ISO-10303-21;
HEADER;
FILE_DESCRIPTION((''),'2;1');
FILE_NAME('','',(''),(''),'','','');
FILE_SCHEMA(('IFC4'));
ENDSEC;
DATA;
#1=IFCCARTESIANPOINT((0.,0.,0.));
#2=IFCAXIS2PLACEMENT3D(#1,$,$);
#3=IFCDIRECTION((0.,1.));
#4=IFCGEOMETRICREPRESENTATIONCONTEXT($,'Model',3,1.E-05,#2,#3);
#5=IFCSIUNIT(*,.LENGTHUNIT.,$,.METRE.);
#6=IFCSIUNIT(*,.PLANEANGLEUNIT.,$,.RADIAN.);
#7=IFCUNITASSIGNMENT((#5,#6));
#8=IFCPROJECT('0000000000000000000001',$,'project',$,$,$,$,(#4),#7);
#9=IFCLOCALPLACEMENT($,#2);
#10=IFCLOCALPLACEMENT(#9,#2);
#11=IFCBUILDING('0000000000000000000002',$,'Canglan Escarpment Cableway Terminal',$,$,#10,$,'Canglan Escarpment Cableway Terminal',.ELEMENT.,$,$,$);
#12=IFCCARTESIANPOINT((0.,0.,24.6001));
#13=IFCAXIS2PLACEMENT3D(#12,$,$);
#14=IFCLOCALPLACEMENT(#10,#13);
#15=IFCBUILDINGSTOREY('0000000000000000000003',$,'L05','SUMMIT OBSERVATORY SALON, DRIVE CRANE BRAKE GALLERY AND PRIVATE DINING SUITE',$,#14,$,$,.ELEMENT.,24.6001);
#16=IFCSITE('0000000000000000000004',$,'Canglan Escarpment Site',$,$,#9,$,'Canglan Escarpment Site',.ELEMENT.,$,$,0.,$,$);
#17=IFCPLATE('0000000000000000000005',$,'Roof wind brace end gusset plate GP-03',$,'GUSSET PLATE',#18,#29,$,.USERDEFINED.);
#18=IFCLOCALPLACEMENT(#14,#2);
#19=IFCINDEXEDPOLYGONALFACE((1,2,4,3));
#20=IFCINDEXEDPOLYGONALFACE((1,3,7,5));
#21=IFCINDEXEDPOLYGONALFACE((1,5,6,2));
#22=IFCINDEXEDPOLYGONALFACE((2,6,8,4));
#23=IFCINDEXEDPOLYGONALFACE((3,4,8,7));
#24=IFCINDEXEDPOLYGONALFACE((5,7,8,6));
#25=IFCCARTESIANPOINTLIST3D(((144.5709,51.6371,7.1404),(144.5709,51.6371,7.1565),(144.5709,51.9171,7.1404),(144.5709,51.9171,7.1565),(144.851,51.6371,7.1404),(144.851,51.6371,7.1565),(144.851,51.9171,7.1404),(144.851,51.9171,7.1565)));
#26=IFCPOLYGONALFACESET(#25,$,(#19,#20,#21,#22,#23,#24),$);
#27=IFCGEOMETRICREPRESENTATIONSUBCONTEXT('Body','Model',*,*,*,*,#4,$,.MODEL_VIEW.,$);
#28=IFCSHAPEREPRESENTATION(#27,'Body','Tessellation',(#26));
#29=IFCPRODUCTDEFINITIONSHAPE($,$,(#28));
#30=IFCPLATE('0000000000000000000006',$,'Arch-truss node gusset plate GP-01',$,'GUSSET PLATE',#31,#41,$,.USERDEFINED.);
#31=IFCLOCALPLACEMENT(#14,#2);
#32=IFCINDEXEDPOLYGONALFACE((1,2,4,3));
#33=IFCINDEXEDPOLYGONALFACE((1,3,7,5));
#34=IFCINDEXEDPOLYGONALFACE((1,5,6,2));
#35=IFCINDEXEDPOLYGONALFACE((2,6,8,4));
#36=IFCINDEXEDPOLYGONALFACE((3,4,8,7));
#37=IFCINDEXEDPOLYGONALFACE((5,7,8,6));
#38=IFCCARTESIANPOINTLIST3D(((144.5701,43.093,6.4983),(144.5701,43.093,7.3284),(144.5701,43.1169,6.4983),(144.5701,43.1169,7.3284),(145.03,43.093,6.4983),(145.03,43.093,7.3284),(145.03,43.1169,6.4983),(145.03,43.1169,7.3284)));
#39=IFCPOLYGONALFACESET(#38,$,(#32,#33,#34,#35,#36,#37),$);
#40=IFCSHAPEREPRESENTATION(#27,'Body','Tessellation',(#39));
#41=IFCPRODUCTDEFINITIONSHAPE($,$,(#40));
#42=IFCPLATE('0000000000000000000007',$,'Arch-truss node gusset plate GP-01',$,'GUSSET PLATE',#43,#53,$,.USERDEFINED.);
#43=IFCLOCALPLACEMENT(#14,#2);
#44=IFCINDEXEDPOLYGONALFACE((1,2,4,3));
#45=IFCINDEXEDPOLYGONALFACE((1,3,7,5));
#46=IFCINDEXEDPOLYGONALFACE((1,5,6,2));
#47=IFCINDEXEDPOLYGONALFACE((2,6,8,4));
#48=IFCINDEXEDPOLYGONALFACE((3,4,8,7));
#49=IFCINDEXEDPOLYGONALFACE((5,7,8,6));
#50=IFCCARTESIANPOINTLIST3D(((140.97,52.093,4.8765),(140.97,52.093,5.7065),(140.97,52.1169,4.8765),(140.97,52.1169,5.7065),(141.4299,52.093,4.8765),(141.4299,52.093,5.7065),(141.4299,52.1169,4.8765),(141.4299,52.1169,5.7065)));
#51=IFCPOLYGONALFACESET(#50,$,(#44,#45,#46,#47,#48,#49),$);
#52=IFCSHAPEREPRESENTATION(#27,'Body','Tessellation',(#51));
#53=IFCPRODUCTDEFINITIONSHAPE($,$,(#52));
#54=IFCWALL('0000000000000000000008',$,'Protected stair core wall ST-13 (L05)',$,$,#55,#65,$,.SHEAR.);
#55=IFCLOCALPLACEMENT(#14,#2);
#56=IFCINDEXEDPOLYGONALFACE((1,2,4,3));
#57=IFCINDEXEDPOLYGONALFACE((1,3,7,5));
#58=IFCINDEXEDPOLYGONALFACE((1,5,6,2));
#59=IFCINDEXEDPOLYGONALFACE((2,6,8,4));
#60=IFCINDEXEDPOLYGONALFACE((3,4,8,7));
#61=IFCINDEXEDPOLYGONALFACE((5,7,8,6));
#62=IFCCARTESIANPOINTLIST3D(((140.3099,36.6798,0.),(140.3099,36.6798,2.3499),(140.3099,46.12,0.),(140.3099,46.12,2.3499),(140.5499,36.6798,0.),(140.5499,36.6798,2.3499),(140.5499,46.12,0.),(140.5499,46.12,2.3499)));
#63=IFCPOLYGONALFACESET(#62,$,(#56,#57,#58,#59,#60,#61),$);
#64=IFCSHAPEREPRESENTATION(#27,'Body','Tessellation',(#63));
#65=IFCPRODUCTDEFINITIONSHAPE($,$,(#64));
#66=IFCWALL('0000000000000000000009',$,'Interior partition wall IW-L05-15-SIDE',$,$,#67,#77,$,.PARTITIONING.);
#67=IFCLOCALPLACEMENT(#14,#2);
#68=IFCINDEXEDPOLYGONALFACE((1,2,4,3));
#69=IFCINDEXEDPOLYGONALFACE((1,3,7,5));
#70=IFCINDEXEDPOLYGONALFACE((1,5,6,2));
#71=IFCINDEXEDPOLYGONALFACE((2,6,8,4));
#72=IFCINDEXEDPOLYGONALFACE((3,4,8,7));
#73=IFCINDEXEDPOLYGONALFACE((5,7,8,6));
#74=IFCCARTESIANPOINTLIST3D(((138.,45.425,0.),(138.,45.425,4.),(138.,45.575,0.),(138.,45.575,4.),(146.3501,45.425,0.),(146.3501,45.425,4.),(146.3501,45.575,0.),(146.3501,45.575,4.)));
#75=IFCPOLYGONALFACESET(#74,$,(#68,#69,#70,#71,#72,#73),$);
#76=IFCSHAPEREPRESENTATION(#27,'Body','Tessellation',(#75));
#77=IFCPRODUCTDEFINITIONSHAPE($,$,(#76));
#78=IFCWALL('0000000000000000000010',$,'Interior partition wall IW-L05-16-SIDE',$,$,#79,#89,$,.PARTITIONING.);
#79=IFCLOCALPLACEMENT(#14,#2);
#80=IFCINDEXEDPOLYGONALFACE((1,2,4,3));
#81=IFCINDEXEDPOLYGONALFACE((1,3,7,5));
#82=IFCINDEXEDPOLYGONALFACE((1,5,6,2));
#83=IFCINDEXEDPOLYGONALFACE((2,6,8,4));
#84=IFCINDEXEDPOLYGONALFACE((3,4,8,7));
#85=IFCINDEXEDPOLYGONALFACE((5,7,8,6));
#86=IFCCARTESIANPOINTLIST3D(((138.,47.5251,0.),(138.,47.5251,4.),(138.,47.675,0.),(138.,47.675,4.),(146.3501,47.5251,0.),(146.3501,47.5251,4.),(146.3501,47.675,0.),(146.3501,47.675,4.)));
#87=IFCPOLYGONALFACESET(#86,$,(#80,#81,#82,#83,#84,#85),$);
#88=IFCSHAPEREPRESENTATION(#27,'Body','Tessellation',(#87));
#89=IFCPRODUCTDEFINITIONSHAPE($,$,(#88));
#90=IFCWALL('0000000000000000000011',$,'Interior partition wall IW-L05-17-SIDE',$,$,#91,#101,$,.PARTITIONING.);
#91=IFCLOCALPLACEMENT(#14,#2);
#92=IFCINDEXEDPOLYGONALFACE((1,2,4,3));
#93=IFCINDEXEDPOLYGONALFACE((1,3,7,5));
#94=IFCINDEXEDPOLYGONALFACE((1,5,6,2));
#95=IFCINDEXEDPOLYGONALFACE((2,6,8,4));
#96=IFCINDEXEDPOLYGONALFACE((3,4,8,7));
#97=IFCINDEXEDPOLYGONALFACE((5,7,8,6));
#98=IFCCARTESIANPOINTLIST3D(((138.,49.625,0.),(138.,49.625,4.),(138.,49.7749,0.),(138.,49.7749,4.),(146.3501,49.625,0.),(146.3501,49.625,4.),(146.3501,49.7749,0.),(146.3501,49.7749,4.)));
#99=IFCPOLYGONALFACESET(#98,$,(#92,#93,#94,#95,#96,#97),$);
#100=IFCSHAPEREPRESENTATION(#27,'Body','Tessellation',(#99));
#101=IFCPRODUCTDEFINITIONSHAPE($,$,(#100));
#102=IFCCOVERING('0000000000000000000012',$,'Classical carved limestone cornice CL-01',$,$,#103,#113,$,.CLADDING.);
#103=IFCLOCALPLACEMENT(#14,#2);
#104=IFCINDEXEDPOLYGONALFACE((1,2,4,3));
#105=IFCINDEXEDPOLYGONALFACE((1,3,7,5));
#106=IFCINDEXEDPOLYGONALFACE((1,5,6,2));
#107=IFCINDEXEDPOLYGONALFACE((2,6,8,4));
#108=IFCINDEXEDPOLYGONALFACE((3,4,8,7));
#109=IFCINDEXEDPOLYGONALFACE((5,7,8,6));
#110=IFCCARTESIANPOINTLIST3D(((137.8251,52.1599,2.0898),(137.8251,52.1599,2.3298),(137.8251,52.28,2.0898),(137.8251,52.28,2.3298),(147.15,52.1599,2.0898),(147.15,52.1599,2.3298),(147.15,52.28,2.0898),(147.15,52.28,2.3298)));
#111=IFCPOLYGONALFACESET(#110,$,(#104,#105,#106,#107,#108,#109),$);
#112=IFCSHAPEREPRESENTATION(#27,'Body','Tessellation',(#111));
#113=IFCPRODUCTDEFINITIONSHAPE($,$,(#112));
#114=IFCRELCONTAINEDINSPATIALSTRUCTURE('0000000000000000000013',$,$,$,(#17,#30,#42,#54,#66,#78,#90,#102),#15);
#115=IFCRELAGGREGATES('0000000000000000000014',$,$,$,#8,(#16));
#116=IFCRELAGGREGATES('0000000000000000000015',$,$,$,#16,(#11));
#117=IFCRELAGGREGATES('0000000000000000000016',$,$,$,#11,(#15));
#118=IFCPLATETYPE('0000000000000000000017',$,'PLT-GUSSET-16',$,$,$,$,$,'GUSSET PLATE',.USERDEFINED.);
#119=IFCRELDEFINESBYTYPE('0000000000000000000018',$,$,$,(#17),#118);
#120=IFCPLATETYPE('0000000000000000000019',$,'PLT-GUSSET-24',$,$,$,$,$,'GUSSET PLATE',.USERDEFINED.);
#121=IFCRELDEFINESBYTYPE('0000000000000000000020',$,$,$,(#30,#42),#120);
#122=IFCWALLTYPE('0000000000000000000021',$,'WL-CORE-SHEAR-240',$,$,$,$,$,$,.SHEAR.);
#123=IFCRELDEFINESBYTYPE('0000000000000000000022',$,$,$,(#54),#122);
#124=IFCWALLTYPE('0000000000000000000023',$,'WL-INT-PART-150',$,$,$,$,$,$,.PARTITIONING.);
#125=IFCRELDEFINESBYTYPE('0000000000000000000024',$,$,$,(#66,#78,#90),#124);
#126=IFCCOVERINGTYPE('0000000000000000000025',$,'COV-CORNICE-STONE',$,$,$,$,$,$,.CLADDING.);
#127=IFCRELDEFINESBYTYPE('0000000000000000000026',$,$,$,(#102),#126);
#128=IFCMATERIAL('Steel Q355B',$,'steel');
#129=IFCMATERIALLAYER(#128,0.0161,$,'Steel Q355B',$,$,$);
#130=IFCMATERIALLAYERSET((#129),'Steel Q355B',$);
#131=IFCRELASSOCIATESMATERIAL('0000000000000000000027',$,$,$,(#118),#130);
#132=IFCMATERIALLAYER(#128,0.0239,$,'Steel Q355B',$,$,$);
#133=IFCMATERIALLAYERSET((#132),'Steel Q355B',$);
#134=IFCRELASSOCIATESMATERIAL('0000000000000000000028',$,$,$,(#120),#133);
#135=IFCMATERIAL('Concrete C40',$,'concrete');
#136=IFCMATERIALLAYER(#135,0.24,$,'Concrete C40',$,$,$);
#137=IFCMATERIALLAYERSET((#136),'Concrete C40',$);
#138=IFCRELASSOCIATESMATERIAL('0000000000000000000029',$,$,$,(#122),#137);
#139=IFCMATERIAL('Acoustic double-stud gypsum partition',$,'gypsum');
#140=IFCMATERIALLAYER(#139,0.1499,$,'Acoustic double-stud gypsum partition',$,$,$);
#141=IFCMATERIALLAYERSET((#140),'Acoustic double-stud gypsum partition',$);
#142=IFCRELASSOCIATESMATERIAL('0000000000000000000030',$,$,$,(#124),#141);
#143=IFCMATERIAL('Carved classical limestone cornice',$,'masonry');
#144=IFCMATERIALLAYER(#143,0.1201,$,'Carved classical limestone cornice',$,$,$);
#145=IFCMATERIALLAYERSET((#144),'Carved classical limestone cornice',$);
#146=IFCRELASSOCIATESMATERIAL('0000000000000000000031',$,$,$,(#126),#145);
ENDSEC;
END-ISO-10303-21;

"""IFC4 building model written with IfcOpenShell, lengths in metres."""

from ifc_helpers import new_model, si_unit, direction, frame, frame_2d, origin, origin_2d, place, context, subcontext, project, spatial, rectangle, extrude, material, layer, layer_set, type_object, element, save


model = new_model("IFC4")

# Units and contexts
model_context = context("Model", 3, precision=1e-05, world=origin(), true_north=direction((0.0, 1.0)))
body_context = subcontext(model_context, "Body", "Model", "MODEL_VIEW")
ifc_project = project(units=[si_unit("LENGTHUNIT", "METRE"), si_unit("PLANEANGLEUNIT", "RADIAN")], contexts=[model_context])

# Site, building, storey
site_placement = place(None, origin())
site = spatial("IfcSite", under=ifc_project, at=site_placement, Name="Canglan Escarpment Site", LongName="Canglan Escarpment Site", CompositionType="ELEMENT", RefElevation=0.0)
building_placement = place(site_placement, origin())
building = spatial("IfcBuilding", under=site, at=building_placement, Name="Canglan Escarpment Cableway Terminal", LongName="Canglan Escarpment Cableway Terminal", CompositionType="ELEMENT")
storey_placement = place(building_placement, frame((0.0, 0.0, 24.6001)))
storey = spatial("IfcBuildingStorey", under=building, at=storey_placement, Name="L05", Description="SUMMIT OBSERVATORY SALON, DRIVE CRANE BRAKE GALLERY AND PRIVATE DINING SUITE", CompositionType="ELEMENT", Elevation=24.6001)

# Shared definitions
ifc_material_1 = material(Name="Steel Q355B", Category="steel")

# Plates
ifc_layer_1 = layer(ifc_material_1, 0.0161, Name="Steel Q355B")
ifc_layer_set_1 = layer_set([ifc_layer_1], Name="Steel Q355B")
plate_type_1 = type_object("IfcPlateType", Name="PLT-GUSSET-16", ElementType="GUSSET PLATE", PredefinedType="USERDEFINED", material=ifc_layer_set_1)
for number, where, z_axis, x_axis, name in (
    (1, (144.7109, 51.7771, 7.1404), (0.0, 0.0, 1.0), (1.0, 0.0, 0.0), "Roof wind brace end gusset plate GP-03"),
):
    element("IfcPlate", number, at=place(storey_placement, frame(where, z_axis=z_axis, x_axis=x_axis)), inside=storey, type_object=plate_type_1, Name=name, ObjectType="GUSSET PLATE", PredefinedType="USERDEFINED", context=body_context, shape_type="SweptSolid", body=[
        extrude(rectangle(XDim=0.28, YDim=0.28, at=origin_2d()), origin(), (0.0, 0.0, 1.0), 0.0161),
    ])
ifc_layer_2 = layer(ifc_material_1, 0.0239, Name="Steel Q355B")
ifc_layer_set_2 = layer_set([ifc_layer_2], Name="Steel Q355B")
plate_type_2 = type_object("IfcPlateType", Name="PLT-GUSSET-24", ElementType="GUSSET PLATE", PredefinedType="USERDEFINED", material=ifc_layer_set_2)
for number, where, z_axis, x_axis, name in (
    (2, (144.8, 43.105, 6.4983), (0.0, 0.0, 1.0), (1.0, 0.0, 0.0), "Arch-truss node gusset plate GP-01"),
    (3, (141.2, 52.105, 4.8765), (0.0, 0.0, 1.0), (1.0, 0.0, 0.0), "Arch-truss node gusset plate GP-01"),
):
    element("IfcPlate", number, at=place(storey_placement, frame(where, z_axis=z_axis, x_axis=x_axis)), inside=storey, type_object=plate_type_2, Name=name, ObjectType="GUSSET PLATE", PredefinedType="USERDEFINED", context=body_context, shape_type="SweptSolid", body=[
        extrude(rectangle(XDim=0.46, YDim=0.0239, at=origin_2d()), origin(), (0.0, 0.0, 1.0), 0.8301),
    ])

# Walls
ifc_material_2 = material(Name="Concrete C40", Category="concrete")
ifc_layer_3 = layer(ifc_material_2, 0.24, Name="Concrete C40")
ifc_layer_set_3 = layer_set([ifc_layer_3], Name="Concrete C40")
wall_type_1 = type_object("IfcWallType", Name="WL-CORE-SHEAR-240", PredefinedType="SHEAR", material=ifc_layer_set_3)
wall_placement = place(storey_placement, frame((140.4299, 46.1201, 0.0), z_axis=(0.0, 0.0, 1.0), x_axis=(0.0, -1.0, 0.0)))
element("IfcWall", 4, at=wall_placement, inside=storey, type_object=wall_type_1, Name="Protected stair core wall ST-13 (L05)", PredefinedType="SHEAR", context=body_context, shape_type="SweptSolid", body=[
    extrude(rectangle(XDim=9.4402, YDim=0.24, at=frame_2d((4.7202, 0.0))), origin(), (0.0, 0.0, 1.0), 2.3499),
])
ifc_material_3 = material(Name="Acoustic double-stud gypsum partition", Category="gypsum")
ifc_layer_4 = layer(ifc_material_3, 0.1499, Name="Acoustic double-stud gypsum partition")
ifc_layer_set_4 = layer_set([ifc_layer_4], Name="Acoustic double-stud gypsum partition")
wall_type_2 = type_object("IfcWallType", Name="WL-INT-PART-150", PredefinedType="PARTITIONING", material=ifc_layer_set_4)
for number, where, z_axis, x_axis, name in (
    (5, (138.0, 45.5, 0.0), (0.0, 0.0, 1.0), (1.0, 0.0, 0.0), "Interior partition wall IW-L05-15-SIDE"),
    (6, (138.0, 47.6001, 0.0), (0.0, 0.0, 1.0), (1.0, 0.0, 0.0), "Interior partition wall IW-L05-16-SIDE"),
    (7, (138.0, 49.7, 0.0), (0.0, 0.0, 1.0), (1.0, 0.0, 0.0), "Interior partition wall IW-L05-17-SIDE"),
):
    element("IfcWall", number, at=place(storey_placement, frame(where, z_axis=z_axis, x_axis=x_axis)), inside=storey, type_object=wall_type_2, Name=name, PredefinedType="PARTITIONING", context=body_context, shape_type="SweptSolid", body=[
        extrude(rectangle(XDim=8.3501, YDim=0.1499, at=frame_2d((4.175, 0.0))), origin(), (0.0, 0.0, 1.0), 4.0),
    ])

# Covering
ifc_material_4 = material(Name="Carved classical limestone cornice", Category="masonry")
ifc_layer_5 = layer(ifc_material_4, 0.1201, Name="Carved classical limestone cornice")
ifc_layer_set_5 = layer_set([ifc_layer_5], Name="Carved classical limestone cornice")
covering_type = type_object("IfcCoveringType", Name="COV-CORNICE-STONE", PredefinedType="CLADDING", material=ifc_layer_set_5)
covering_placement = place(storey_placement, frame((142.4875, 52.22, 2.0898), z_axis=(0.0, 0.0, 1.0), x_axis=(-1.0, 0.0, 0.0)))
element("IfcCovering", 8, at=covering_placement, inside=storey, type_object=covering_type, Name="Classical carved limestone cornice CL-01", PredefinedType="CLADDING", context=body_context, shape_type="SweptSolid", body=[
    extrude(rectangle(XDim=9.325, YDim=0.1201, at=origin_2d()), origin(), (0.0, 0.0, 1.0), 0.24),
])

save(model, "model.ifc")
